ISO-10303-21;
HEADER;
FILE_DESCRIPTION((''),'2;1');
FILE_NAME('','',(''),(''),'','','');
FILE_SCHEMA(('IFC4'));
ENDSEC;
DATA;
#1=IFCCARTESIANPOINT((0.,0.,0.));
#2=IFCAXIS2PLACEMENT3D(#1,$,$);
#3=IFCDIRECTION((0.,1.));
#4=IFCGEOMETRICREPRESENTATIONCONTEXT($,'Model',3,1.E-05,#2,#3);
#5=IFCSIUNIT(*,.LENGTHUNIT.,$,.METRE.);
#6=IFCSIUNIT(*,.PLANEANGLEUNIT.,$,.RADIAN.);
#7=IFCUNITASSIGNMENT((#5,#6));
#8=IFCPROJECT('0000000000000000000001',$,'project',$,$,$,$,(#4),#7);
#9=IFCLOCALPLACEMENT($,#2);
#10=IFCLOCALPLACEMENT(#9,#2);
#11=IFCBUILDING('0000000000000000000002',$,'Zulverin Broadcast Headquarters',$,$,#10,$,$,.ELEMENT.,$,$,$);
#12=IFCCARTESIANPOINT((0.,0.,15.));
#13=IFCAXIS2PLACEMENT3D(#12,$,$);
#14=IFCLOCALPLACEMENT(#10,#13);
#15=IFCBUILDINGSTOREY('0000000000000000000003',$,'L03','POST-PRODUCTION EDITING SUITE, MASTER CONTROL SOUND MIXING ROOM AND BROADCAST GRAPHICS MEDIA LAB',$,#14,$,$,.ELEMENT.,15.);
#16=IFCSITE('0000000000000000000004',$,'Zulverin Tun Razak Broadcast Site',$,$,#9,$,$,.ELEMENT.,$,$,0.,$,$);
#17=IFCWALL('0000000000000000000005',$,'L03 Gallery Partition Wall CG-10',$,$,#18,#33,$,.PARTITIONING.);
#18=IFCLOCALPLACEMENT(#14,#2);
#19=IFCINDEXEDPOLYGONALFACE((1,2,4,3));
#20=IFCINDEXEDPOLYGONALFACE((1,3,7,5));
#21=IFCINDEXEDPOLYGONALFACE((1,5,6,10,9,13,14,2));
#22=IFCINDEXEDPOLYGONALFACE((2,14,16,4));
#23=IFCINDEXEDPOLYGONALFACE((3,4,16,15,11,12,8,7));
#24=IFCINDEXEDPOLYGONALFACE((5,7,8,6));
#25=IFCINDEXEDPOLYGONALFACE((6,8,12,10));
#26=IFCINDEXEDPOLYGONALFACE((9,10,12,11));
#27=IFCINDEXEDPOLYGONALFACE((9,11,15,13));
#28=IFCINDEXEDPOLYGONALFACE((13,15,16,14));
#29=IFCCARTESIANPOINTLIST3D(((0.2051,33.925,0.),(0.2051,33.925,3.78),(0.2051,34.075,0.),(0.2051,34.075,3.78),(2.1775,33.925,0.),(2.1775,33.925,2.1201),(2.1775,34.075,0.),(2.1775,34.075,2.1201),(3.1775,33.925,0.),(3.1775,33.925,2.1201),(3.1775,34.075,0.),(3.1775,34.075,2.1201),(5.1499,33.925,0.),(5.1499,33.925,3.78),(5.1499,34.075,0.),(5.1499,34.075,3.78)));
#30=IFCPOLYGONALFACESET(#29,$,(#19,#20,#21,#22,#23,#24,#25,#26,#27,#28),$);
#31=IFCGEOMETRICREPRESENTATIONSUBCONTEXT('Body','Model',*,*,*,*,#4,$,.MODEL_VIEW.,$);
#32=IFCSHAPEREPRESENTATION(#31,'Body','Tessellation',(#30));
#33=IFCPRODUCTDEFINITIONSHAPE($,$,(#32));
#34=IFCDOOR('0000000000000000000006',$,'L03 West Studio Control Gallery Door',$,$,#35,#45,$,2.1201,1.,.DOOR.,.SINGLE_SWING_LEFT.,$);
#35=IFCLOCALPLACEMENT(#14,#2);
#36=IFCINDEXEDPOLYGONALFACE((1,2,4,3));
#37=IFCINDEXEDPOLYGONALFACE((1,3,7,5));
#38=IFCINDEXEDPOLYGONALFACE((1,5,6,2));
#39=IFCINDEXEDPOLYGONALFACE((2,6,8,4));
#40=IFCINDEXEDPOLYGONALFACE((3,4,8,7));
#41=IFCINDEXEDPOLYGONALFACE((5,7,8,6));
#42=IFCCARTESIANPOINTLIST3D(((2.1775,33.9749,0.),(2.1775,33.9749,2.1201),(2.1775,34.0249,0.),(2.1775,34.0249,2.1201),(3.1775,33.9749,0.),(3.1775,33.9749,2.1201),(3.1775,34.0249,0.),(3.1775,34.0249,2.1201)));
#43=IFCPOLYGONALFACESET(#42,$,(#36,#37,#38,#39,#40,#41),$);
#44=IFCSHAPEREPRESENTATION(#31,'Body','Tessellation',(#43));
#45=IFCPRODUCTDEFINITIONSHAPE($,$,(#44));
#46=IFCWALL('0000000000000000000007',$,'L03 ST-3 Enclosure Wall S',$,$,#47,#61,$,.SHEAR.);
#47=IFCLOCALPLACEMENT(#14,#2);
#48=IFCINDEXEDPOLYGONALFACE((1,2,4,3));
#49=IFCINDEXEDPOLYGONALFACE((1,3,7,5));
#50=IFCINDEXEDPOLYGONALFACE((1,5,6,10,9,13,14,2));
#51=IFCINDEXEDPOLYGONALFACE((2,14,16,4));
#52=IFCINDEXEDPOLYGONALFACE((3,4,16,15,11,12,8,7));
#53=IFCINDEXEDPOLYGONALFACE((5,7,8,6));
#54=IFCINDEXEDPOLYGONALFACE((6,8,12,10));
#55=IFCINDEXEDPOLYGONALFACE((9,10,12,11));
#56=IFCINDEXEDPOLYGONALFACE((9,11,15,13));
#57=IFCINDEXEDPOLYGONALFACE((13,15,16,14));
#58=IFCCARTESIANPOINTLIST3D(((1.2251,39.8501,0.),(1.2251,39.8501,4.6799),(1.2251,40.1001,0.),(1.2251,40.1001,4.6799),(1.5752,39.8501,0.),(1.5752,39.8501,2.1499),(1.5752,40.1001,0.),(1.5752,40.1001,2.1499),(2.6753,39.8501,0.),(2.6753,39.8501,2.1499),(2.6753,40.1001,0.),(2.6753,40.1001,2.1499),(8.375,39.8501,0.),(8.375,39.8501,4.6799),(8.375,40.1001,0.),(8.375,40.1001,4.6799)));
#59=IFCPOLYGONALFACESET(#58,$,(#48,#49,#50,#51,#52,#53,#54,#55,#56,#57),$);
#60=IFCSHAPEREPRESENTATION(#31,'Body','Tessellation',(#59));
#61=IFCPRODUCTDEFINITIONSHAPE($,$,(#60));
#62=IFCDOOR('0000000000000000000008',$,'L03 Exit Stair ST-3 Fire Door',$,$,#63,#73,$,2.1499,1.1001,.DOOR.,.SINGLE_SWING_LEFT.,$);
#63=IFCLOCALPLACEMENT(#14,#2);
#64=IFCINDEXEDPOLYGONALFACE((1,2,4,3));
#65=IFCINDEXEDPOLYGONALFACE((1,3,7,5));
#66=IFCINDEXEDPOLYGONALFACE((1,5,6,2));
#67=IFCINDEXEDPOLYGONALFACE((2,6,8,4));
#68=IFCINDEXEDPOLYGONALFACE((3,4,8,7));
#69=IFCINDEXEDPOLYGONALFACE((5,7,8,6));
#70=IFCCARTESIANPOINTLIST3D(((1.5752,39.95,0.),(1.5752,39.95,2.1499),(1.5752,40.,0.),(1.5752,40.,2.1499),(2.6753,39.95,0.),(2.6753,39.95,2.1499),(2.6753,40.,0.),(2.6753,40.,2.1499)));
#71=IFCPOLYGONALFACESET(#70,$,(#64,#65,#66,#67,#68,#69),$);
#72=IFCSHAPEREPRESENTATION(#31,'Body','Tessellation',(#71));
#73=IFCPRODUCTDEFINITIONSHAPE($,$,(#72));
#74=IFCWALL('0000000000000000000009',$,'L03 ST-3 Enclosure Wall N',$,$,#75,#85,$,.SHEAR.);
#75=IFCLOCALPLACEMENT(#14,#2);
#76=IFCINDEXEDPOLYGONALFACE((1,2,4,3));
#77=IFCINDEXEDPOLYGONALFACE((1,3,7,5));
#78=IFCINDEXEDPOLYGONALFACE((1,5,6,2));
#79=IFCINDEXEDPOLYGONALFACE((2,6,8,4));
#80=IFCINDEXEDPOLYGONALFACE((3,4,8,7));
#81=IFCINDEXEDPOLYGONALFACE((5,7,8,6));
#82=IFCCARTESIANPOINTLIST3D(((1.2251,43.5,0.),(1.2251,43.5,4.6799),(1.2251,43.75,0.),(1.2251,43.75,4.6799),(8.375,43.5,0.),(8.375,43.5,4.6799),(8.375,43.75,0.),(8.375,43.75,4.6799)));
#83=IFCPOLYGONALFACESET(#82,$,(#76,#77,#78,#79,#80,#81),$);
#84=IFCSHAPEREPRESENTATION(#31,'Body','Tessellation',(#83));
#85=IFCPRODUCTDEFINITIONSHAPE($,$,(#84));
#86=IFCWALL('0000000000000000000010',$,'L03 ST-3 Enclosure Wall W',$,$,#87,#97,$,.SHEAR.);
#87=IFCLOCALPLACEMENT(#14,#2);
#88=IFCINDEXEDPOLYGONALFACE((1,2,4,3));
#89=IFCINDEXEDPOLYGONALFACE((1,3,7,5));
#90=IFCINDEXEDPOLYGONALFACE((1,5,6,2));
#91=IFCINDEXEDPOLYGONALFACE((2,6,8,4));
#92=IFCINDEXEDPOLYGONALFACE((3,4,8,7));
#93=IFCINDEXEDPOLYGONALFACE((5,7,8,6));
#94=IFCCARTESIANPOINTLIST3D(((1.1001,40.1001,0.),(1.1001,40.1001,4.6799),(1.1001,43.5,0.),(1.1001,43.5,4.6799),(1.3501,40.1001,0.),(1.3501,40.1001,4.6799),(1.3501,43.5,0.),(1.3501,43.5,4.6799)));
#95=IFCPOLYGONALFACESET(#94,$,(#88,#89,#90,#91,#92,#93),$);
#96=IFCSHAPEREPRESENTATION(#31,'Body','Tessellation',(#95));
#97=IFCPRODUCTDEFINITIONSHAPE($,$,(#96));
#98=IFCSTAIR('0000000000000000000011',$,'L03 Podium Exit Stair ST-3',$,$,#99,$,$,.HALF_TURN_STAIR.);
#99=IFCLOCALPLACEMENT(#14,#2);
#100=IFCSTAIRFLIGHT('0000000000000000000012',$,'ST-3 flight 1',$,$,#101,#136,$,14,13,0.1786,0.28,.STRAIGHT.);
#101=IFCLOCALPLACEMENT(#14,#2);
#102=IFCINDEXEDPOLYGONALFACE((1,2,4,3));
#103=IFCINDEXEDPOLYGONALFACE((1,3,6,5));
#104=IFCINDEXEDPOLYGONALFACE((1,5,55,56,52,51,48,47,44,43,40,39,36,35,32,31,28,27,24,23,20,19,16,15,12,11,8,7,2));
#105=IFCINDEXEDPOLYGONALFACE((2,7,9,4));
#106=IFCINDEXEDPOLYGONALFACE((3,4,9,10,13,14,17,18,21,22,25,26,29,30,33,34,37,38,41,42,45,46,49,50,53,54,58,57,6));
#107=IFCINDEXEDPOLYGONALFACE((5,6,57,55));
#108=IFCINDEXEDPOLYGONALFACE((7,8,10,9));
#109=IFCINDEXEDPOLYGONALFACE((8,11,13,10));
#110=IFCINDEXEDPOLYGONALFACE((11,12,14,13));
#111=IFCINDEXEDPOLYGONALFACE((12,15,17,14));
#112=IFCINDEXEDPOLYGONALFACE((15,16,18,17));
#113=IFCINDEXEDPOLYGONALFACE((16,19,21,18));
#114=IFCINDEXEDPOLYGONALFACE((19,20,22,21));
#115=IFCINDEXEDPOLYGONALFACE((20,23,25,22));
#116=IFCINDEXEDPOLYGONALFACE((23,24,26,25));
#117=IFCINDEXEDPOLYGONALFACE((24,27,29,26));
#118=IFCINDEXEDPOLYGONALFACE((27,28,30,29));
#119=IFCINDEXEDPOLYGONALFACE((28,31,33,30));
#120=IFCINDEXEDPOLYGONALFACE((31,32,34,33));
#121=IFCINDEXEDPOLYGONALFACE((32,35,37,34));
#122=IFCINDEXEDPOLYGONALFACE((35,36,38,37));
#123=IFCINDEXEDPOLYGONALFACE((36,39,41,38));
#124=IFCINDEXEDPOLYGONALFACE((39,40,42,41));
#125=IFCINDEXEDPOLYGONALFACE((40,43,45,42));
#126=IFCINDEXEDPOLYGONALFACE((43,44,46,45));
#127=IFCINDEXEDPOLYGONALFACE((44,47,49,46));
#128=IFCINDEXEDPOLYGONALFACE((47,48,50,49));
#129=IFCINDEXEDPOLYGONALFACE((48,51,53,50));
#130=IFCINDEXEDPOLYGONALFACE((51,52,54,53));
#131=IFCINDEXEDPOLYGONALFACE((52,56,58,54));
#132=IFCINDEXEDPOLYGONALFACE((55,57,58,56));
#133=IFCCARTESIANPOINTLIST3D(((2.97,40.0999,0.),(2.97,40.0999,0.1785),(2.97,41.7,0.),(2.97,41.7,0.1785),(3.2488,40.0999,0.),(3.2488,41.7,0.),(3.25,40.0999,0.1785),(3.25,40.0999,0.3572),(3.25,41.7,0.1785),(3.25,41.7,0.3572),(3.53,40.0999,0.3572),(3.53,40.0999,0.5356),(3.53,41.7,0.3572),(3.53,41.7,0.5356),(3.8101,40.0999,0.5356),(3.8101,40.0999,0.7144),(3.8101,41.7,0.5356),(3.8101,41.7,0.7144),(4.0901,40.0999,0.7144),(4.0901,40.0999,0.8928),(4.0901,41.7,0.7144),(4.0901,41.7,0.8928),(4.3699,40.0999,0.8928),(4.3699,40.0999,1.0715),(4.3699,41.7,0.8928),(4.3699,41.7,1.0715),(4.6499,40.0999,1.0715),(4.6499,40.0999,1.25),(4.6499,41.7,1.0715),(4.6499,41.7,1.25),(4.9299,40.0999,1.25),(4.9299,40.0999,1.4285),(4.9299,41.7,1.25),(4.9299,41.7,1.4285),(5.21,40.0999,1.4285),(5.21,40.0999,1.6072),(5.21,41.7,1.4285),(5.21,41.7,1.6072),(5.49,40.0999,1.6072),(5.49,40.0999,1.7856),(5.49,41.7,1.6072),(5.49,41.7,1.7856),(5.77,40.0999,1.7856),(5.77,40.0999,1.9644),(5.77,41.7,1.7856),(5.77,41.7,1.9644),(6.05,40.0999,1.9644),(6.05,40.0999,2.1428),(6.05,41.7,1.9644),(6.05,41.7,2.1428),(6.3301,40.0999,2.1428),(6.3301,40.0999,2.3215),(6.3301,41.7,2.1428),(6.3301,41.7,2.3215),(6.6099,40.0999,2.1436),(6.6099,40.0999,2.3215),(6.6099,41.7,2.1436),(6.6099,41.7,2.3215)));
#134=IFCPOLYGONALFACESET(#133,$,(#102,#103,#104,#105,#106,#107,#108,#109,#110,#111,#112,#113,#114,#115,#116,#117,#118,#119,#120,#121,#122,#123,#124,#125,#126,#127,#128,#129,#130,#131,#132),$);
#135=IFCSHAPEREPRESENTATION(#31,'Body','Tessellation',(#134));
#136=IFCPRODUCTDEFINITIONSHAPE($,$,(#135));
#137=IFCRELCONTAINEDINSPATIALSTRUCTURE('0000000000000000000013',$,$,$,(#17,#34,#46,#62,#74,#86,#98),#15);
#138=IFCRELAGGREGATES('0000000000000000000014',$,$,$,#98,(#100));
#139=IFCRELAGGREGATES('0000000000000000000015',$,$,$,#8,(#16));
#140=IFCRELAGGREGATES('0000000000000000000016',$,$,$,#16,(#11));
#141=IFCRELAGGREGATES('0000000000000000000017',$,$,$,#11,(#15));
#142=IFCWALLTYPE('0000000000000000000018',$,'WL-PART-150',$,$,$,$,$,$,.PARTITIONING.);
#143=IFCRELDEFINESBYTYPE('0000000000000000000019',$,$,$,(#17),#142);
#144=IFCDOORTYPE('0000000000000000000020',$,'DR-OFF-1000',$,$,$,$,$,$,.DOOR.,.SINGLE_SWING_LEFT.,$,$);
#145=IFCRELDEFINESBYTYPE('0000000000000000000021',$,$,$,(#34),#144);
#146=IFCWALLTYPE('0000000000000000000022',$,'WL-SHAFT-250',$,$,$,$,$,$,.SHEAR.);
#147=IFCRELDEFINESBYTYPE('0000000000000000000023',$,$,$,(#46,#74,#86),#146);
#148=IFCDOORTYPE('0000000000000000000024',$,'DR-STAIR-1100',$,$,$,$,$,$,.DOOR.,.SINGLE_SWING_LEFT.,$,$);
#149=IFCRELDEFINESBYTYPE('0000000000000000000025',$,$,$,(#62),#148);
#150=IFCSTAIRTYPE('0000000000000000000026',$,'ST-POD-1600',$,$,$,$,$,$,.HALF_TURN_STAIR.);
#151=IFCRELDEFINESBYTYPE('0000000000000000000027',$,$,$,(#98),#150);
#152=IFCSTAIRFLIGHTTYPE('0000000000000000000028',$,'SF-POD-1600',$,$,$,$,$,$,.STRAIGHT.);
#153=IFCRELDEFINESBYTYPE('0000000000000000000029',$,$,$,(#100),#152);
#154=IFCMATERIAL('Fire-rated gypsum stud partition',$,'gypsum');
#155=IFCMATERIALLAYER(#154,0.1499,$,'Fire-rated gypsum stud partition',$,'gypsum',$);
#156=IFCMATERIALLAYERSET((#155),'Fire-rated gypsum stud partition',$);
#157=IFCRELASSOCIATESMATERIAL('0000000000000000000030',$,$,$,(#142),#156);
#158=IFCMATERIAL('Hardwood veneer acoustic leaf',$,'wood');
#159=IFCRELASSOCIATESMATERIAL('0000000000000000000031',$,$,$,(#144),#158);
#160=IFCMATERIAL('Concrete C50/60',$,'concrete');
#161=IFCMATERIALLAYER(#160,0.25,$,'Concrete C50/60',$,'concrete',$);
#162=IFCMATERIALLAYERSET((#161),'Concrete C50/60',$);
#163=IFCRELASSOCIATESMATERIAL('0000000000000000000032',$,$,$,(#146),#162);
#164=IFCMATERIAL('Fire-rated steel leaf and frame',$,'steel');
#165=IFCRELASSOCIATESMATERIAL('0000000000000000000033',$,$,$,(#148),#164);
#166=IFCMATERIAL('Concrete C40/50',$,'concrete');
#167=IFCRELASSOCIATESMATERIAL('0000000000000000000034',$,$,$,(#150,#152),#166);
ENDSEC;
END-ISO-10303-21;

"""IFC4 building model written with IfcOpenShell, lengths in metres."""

from ifc_helpers import new_model, si_unit, direction, frame, frame_2d, origin, place, context, subcontext, project, spatial, polyline, rectangle, outline, extrude, material, layer, layer_set, type_object, element, fill, aggregate, save


model = new_model("IFC4")

# Units and contexts
model_context = context("Model", 3, precision=1e-05, world=origin(), true_north=direction((0.0, 1.0)))
body_context = subcontext(model_context, "Body", "Model", "MODEL_VIEW")
ifc_project = project(units=[si_unit("LENGTHUNIT", "METRE"), si_unit("PLANEANGLEUNIT", "RADIAN")], contexts=[model_context])

# Site, building, storey
site_placement = place(None, origin())
site = spatial("IfcSite", under=ifc_project, at=site_placement, Name="Zulverin Tun Razak Broadcast Site", CompositionType="ELEMENT", RefElevation=0.0)
building_placement = place(site_placement, origin())
building = spatial("IfcBuilding", under=site, at=building_placement, Name="Zulverin Broadcast Headquarters", CompositionType="ELEMENT")
storey_placement = place(building_placement, frame((0.0, 0.0, 15.0)))
storey = spatial("IfcBuildingStorey", under=building, at=storey_placement, Name="L03", Description="POST-PRODUCTION EDITING SUITE, MASTER CONTROL SOUND MIXING ROOM AND BROADCAST GRAPHICS MEDIA LAB", CompositionType="ELEMENT", Elevation=15.0)

# Shared definitions
ifc_material_1 = material(Name="Concrete C40/50", Category="concrete")

# Walls, openings, doors
ifc_material_2 = material(Name="Fire-rated gypsum stud partition", Category="gypsum")
ifc_layer_1 = layer(ifc_material_2, 0.1499, Name="Fire-rated gypsum stud partition", Category="gypsum")
ifc_layer_set_1 = layer_set([ifc_layer_1], Name="Fire-rated gypsum stud partition")
wall_type_1 = type_object("IfcWallType", Name="WL-PART-150", PredefinedType="PARTITIONING", material=ifc_layer_set_1)
wall_1_placement = place(storey_placement, frame((0.2051, 34.0, 0.0), z_axis=(0.0, 0.0, 1.0), x_axis=(1.0, 0.0, 0.0)))
wall_1 = element("IfcWall", 1, at=wall_1_placement, inside=storey, type_object=wall_type_1, Name="L03 Gallery Partition Wall CG-10", PredefinedType="PARTITIONING", context=body_context, shape_type="SweptSolid", body=[
    extrude(rectangle(XDim=4.9448, YDim=0.1499, at=frame_2d((2.4724, 0.0))), origin(), (0.0, 0.0, 1.0), 3.78),
])
opening_1_placement = place(wall_1_placement, frame((1.9724, 0.0, 0.0)))
opening_1 = element("IfcOpeningElement", 2, at=opening_1_placement, cuts=wall_1, PredefinedType="OPENING", context=body_context, shape_type="SweptSolid", body=[
    extrude(rectangle(XDim=1.0, YDim=2.1201, at=frame_2d((0.5, 1.0601))), frame((0.0, 0.085, 0.0), z_axis=(0.0, -1.0, 0.0), x_axis=(1.0, 0.0, 0.0)), (0.0, 0.0, 1.0), 0.1699),
])
ifc_material_3 = material(Name="Hardwood veneer acoustic leaf", Category="wood")
door_type_1 = type_object("IfcDoorType", Name="DR-OFF-1000", OperationType="SINGLE_SWING_LEFT", PredefinedType="DOOR", material=ifc_material_3)
door_1_placement = place(opening_1_placement, origin())
door_1 = element("IfcDoor", 3, at=door_1_placement, inside=storey, type_object=door_type_1, Name="L03 West Studio Control Gallery Door", OperationType="SINGLE_SWING_LEFT", OverallHeight=2.1201, OverallWidth=1.0, PredefinedType="DOOR", context=body_context, shape_type="SweptSolid", body=[
    extrude(rectangle(XDim=1.0, YDim=2.1201, at=frame_2d((0.5, 1.0601))), frame((0.0, 0.0249, 0.0), z_axis=(0.0, -1.0, 0.0), x_axis=(1.0, 0.0, 0.0)), (0.0, 0.0, 1.0), 0.05),
])
fill(opening_1, door_1)
ifc_material_4 = material(Name="Concrete C50/60", Category="concrete")
ifc_layer_2 = layer(ifc_material_4, 0.25, Name="Concrete C50/60", Category="concrete")
ifc_layer_set_2 = layer_set([ifc_layer_2], Name="Concrete C50/60")
wall_type_2 = type_object("IfcWallType", Name="WL-SHAFT-250", PredefinedType="SHEAR", material=ifc_layer_set_2)
wall_2_placement = place(storey_placement, frame((1.2251, 39.9751, 0.0), z_axis=(0.0, 0.0, 1.0), x_axis=(1.0, 0.0, 0.0)))
wall_2 = element("IfcWall", 4, at=wall_2_placement, inside=storey, type_object=wall_type_2, Name="L03 ST-3 Enclosure Wall S", PredefinedType="SHEAR", context=body_context, shape_type="SweptSolid", body=[
    extrude(rectangle(XDim=7.1499, YDim=0.25, at=frame_2d((3.575, 0.0))), origin(), (0.0, 0.0, 1.0), 4.6799),
])
opening_2_placement = place(wall_2_placement, frame((0.3501, 0.0, 0.0)))
opening_2 = element("IfcOpeningElement", 5, at=opening_2_placement, cuts=wall_2, PredefinedType="OPENING", context=body_context, shape_type="SweptSolid", body=[
    extrude(rectangle(XDim=1.1001, YDim=2.1499, at=frame_2d((0.55, 1.075))), frame((0.0, 0.135, 0.0), z_axis=(0.0, -1.0, 0.0), x_axis=(1.0, 0.0, 0.0)), (0.0, 0.0, 1.0), 0.27),
])
ifc_material_5 = material(Name="Fire-rated steel leaf and frame", Category="steel")
door_type_2 = type_object("IfcDoorType", Name="DR-STAIR-1100", OperationType="SINGLE_SWING_LEFT", PredefinedType="DOOR", material=ifc_material_5)
door_2_placement = place(opening_2_placement, origin())
door_2 = element("IfcDoor", 6, at=door_2_placement, inside=storey, type_object=door_type_2, Name="L03 Exit Stair ST-3 Fire Door", OperationType="SINGLE_SWING_LEFT", OverallHeight=2.1499, OverallWidth=1.1001, PredefinedType="DOOR", context=body_context, shape_type="SweptSolid", body=[
    extrude(rectangle(XDim=1.1001, YDim=2.1499, at=frame_2d((0.55, 1.075))), frame((0.0, 0.0249, 0.0), z_axis=(0.0, -1.0, 0.0), x_axis=(1.0, 0.0, 0.0)), (0.0, 0.0, 1.0), 0.05),
])
fill(opening_2, door_2)

# Walls
wall_3_placement = place(storey_placement, frame((1.2251, 43.625, 0.0), z_axis=(0.0, 0.0, 1.0), x_axis=(1.0, 0.0, 0.0)))
element("IfcWall", 7, at=wall_3_placement, inside=storey, type_object=wall_type_2, Name="L03 ST-3 Enclosure Wall N", PredefinedType="SHEAR", context=body_context, shape_type="SweptSolid", body=[
    extrude(rectangle(XDim=7.1499, YDim=0.25, at=frame_2d((3.575, 0.0))), origin(), (0.0, 0.0, 1.0), 4.6799),
])
wall_4_placement = place(storey_placement, frame((1.2251, 40.1001, 0.0), z_axis=(0.0, 0.0, 1.0), x_axis=(0.0, 1.0, 0.0)))
element("IfcWall", 8, at=wall_4_placement, inside=storey, type_object=wall_type_2, Name="L03 ST-3 Enclosure Wall W", PredefinedType="SHEAR", context=body_context, shape_type="SweptSolid", body=[
    extrude(rectangle(XDim=3.3999, YDim=0.25, at=frame_2d((1.7, 0.0))), origin(), (0.0, 0.0, 1.0), 4.6799),
])

# Stair, stair flight
stair_type = type_object("IfcStairType", Name="ST-POD-1600", PredefinedType="HALF_TURN_STAIR", material=ifc_material_1)
stair_placement = place(storey_placement, origin())
stair = element("IfcStair", 9, at=stair_placement, inside=storey, type_object=stair_type, Name="L03 Podium Exit Stair ST-3", PredefinedType="HALF_TURN_STAIR")
stair_flight_type = type_object("IfcStairFlightType", Name="SF-POD-1600", PredefinedType="STRAIGHT", material=ifc_material_1)
stair_flight_placement = place(storey_placement, frame((2.97, 40.8999, 0.0), z_axis=(0.0, 0.0, 1.0), x_axis=(1.0, 0.0, 0.0)))
stair_flight = element("IfcStairFlight", 10, at=stair_flight_placement, type_object=stair_flight_type, Name="ST-3 flight 1", NumberOfRisers=14, NumberOfTreads=13, PredefinedType="STRAIGHT", RiserHeight=0.1786, TreadLength=0.28, context=body_context, shape_type="SweptSolid", body=[
    extrude(outline(polyline([(0.0, 0.0), (0.0, 0.1785), (0.28, 0.1785), (0.28, 0.3572), (0.5601, 0.3572), (0.5601, 0.5356), (0.8401, 0.5356), (0.8401, 0.7144), (1.1201, 0.7144), (1.1201, 0.8928), (1.3999, 0.8928), (1.3999, 1.0715), (1.6799, 1.0715), (1.6799, 1.25), (1.96, 1.25), (1.96, 1.4285), (2.24, 1.4285), (2.24, 1.6072), (2.52, 1.6072), (2.52, 1.7856), (2.8, 1.7856), (2.8, 1.9644), (3.0801, 1.9644), (3.0801, 2.1428), (3.3601, 2.1428), (3.3601, 2.3215), (3.6399, 2.3215), (3.6399, 2.5), (3.6399, 2.1436), (0.2788, 0.0), (0.0, 0.0)])), frame((0.0, 0.8, 0.0), z_axis=(0.0, -1.0, 0.0), x_axis=(1.0, 0.0, 0.0)), (0.0, 0.0, 1.0), 1.6001),
])
aggregate(stair, [stair_flight])

save(model, "model.ifc")
